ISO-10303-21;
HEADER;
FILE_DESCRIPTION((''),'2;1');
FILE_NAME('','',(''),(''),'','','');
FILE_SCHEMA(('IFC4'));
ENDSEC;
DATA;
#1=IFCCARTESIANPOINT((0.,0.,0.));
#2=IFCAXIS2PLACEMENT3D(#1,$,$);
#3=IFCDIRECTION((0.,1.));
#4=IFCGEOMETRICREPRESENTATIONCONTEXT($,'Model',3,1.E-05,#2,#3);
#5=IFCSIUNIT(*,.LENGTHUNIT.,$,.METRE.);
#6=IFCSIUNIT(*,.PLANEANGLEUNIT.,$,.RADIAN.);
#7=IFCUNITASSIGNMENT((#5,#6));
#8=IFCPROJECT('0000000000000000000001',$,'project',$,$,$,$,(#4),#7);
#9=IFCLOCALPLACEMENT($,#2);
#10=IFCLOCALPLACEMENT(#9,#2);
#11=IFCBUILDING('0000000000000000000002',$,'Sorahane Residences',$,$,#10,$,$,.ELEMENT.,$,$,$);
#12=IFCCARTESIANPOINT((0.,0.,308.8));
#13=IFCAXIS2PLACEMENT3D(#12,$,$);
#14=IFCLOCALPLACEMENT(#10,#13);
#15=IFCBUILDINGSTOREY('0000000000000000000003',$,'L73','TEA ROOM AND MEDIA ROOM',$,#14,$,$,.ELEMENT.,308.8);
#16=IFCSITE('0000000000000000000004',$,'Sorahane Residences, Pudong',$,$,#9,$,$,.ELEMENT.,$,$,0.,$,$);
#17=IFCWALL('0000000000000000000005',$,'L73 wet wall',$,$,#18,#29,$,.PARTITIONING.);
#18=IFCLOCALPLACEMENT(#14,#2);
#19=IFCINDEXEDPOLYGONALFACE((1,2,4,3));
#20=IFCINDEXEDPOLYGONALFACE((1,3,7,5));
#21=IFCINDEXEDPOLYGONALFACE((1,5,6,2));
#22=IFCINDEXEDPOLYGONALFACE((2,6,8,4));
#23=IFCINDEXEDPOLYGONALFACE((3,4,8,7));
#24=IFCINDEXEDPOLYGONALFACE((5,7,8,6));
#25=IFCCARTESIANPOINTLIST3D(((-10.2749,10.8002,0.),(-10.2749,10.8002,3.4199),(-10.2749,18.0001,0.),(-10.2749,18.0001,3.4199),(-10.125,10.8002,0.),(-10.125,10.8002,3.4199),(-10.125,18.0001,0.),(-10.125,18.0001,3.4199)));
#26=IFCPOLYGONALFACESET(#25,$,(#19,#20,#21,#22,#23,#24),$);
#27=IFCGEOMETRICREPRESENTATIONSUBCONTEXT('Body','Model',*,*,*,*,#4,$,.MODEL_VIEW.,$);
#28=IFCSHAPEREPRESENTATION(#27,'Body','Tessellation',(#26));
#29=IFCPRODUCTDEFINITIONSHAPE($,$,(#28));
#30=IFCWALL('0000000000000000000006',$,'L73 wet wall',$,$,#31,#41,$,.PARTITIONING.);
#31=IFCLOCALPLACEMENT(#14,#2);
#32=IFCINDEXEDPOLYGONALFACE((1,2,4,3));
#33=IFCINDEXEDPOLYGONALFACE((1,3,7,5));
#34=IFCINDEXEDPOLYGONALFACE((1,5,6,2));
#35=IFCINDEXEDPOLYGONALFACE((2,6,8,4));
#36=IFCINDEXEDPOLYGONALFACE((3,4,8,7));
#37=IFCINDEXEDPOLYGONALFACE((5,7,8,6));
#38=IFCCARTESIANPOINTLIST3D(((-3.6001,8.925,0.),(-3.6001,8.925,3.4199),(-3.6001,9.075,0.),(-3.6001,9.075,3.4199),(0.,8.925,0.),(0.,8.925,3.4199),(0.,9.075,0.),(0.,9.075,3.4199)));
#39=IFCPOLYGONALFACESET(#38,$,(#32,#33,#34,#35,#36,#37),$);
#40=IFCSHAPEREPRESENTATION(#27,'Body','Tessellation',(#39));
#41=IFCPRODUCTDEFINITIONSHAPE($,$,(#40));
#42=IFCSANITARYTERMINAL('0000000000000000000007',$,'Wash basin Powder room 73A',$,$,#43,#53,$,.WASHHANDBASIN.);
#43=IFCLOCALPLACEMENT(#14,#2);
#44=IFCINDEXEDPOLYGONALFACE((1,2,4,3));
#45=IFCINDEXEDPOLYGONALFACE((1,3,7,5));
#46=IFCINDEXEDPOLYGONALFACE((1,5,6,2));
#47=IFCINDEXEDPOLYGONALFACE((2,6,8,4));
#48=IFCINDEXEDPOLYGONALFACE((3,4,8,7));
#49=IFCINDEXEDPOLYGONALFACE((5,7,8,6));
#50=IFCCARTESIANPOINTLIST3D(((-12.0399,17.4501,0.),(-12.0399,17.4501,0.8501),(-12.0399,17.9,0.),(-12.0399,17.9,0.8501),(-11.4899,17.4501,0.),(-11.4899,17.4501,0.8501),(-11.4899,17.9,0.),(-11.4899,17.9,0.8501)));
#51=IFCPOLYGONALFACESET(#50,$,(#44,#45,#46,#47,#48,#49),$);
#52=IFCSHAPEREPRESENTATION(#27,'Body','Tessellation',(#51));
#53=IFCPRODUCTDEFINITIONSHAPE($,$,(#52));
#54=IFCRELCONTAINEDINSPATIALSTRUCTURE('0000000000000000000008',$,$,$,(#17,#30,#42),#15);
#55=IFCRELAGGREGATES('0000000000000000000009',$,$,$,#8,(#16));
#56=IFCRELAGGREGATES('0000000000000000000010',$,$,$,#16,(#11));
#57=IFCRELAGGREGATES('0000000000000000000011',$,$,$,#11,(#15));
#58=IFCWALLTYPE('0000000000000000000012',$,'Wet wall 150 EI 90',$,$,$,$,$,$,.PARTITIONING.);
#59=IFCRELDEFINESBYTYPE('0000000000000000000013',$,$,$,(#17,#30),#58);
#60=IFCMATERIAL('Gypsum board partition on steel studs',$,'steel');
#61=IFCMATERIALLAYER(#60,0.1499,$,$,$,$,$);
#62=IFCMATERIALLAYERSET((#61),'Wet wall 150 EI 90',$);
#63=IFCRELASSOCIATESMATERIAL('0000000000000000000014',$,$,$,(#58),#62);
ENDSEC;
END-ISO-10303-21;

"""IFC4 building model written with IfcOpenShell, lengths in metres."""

from ifc_helpers import new_model, si_unit, direction, frame, frame_2d, origin, origin_2d, place, context, subcontext, project, spatial, rectangle, extrude, material, layer, layer_set, type_object, element, save


model = new_model("IFC4")

# Units and contexts
model_context = context("Model", 3, precision=1e-05, world=origin(), true_north=direction((0.0, 1.0)))
body_context = subcontext(model_context, "Body", "Model", "MODEL_VIEW")
ifc_project = project(units=[si_unit("LENGTHUNIT", "METRE"), si_unit("PLANEANGLEUNIT", "RADIAN")], contexts=[model_context])

# Site, building, storey
site_placement = place(None, origin())
site = spatial("IfcSite", under=ifc_project, at=site_placement, Name="Sorahane Residences, Pudong", CompositionType="ELEMENT", RefElevation=0.0)
building_placement = place(site_placement, origin())
building = spatial("IfcBuilding", under=site, at=building_placement, Name="Sorahane Residences", CompositionType="ELEMENT")
storey_placement = place(building_placement, frame((0.0, 0.0, 308.8)))
storey = spatial("IfcBuildingStorey", under=building, at=storey_placement, Name="L73", Description="TEA ROOM AND MEDIA ROOM", CompositionType="ELEMENT", Elevation=308.8)

# Wall
ifc_material_1 = material(Name="Gypsum board partition on steel studs", Category="steel")
ifc_layer_1 = layer(ifc_material_1, 0.1499)
ifc_layer_set_1 = layer_set([ifc_layer_1], Name="Wet wall 150 EI 90")
wall_type_1 = type_object("IfcWallType", Name="Wet wall 150 EI 90", PredefinedType="PARTITIONING", material=ifc_layer_set_1)
wall_1_placement = place(storey_placement, frame((-10.2, 10.8, 0.0), z_axis=(0.0, 0.0, 1.0), x_axis=(0.0, 1.0, 0.0)))
element("IfcWall", 1, at=wall_1_placement, inside=storey, type_object=wall_type_1, Name="L73 wet wall", PredefinedType="PARTITIONING", context=body_context, shape_type="SweptSolid", body=[
    extrude(rectangle(XDim=7.2, YDim=0.1499, at=frame_2d((3.6001, 0.0))), origin(), (0.0, 0.0, 1.0), 3.4199),
])

# Wall
wall_2_placement = place(storey_placement, frame((-3.6001, 9.0, 0.0), z_axis=(0.0, 0.0, 1.0), x_axis=(1.0, 0.0, 0.0)))
element("IfcWall", 2, at=wall_2_placement, inside=storey, type_object=wall_type_1, Name="L73 wet wall", PredefinedType="PARTITIONING", context=body_context, shape_type="SweptSolid", body=[
    extrude(rectangle(XDim=3.6001, YDim=0.1499, at=frame_2d((1.8, 0.0))), origin(), (0.0, 0.0, 1.0), 3.4199),
])

# Sanitary terminal
sanitary_terminal_placement = place(storey_placement, frame((-11.7649, 17.675, 0.0), z_axis=(0.0, 0.0, 1.0), x_axis=(1.0, 0.0, 0.0)))
element("IfcSanitaryTerminal", 3, at=sanitary_terminal_placement, inside=storey, Name="Wash basin Powder room 73A", PredefinedType="WASHHANDBASIN", context=body_context, shape_type="SweptSolid", body=[
    extrude(rectangle(XDim=0.55, YDim=0.45, at=origin_2d()), origin(), (0.0, 0.0, 1.0), 0.8501),
])

save(model, "model.ifc")
